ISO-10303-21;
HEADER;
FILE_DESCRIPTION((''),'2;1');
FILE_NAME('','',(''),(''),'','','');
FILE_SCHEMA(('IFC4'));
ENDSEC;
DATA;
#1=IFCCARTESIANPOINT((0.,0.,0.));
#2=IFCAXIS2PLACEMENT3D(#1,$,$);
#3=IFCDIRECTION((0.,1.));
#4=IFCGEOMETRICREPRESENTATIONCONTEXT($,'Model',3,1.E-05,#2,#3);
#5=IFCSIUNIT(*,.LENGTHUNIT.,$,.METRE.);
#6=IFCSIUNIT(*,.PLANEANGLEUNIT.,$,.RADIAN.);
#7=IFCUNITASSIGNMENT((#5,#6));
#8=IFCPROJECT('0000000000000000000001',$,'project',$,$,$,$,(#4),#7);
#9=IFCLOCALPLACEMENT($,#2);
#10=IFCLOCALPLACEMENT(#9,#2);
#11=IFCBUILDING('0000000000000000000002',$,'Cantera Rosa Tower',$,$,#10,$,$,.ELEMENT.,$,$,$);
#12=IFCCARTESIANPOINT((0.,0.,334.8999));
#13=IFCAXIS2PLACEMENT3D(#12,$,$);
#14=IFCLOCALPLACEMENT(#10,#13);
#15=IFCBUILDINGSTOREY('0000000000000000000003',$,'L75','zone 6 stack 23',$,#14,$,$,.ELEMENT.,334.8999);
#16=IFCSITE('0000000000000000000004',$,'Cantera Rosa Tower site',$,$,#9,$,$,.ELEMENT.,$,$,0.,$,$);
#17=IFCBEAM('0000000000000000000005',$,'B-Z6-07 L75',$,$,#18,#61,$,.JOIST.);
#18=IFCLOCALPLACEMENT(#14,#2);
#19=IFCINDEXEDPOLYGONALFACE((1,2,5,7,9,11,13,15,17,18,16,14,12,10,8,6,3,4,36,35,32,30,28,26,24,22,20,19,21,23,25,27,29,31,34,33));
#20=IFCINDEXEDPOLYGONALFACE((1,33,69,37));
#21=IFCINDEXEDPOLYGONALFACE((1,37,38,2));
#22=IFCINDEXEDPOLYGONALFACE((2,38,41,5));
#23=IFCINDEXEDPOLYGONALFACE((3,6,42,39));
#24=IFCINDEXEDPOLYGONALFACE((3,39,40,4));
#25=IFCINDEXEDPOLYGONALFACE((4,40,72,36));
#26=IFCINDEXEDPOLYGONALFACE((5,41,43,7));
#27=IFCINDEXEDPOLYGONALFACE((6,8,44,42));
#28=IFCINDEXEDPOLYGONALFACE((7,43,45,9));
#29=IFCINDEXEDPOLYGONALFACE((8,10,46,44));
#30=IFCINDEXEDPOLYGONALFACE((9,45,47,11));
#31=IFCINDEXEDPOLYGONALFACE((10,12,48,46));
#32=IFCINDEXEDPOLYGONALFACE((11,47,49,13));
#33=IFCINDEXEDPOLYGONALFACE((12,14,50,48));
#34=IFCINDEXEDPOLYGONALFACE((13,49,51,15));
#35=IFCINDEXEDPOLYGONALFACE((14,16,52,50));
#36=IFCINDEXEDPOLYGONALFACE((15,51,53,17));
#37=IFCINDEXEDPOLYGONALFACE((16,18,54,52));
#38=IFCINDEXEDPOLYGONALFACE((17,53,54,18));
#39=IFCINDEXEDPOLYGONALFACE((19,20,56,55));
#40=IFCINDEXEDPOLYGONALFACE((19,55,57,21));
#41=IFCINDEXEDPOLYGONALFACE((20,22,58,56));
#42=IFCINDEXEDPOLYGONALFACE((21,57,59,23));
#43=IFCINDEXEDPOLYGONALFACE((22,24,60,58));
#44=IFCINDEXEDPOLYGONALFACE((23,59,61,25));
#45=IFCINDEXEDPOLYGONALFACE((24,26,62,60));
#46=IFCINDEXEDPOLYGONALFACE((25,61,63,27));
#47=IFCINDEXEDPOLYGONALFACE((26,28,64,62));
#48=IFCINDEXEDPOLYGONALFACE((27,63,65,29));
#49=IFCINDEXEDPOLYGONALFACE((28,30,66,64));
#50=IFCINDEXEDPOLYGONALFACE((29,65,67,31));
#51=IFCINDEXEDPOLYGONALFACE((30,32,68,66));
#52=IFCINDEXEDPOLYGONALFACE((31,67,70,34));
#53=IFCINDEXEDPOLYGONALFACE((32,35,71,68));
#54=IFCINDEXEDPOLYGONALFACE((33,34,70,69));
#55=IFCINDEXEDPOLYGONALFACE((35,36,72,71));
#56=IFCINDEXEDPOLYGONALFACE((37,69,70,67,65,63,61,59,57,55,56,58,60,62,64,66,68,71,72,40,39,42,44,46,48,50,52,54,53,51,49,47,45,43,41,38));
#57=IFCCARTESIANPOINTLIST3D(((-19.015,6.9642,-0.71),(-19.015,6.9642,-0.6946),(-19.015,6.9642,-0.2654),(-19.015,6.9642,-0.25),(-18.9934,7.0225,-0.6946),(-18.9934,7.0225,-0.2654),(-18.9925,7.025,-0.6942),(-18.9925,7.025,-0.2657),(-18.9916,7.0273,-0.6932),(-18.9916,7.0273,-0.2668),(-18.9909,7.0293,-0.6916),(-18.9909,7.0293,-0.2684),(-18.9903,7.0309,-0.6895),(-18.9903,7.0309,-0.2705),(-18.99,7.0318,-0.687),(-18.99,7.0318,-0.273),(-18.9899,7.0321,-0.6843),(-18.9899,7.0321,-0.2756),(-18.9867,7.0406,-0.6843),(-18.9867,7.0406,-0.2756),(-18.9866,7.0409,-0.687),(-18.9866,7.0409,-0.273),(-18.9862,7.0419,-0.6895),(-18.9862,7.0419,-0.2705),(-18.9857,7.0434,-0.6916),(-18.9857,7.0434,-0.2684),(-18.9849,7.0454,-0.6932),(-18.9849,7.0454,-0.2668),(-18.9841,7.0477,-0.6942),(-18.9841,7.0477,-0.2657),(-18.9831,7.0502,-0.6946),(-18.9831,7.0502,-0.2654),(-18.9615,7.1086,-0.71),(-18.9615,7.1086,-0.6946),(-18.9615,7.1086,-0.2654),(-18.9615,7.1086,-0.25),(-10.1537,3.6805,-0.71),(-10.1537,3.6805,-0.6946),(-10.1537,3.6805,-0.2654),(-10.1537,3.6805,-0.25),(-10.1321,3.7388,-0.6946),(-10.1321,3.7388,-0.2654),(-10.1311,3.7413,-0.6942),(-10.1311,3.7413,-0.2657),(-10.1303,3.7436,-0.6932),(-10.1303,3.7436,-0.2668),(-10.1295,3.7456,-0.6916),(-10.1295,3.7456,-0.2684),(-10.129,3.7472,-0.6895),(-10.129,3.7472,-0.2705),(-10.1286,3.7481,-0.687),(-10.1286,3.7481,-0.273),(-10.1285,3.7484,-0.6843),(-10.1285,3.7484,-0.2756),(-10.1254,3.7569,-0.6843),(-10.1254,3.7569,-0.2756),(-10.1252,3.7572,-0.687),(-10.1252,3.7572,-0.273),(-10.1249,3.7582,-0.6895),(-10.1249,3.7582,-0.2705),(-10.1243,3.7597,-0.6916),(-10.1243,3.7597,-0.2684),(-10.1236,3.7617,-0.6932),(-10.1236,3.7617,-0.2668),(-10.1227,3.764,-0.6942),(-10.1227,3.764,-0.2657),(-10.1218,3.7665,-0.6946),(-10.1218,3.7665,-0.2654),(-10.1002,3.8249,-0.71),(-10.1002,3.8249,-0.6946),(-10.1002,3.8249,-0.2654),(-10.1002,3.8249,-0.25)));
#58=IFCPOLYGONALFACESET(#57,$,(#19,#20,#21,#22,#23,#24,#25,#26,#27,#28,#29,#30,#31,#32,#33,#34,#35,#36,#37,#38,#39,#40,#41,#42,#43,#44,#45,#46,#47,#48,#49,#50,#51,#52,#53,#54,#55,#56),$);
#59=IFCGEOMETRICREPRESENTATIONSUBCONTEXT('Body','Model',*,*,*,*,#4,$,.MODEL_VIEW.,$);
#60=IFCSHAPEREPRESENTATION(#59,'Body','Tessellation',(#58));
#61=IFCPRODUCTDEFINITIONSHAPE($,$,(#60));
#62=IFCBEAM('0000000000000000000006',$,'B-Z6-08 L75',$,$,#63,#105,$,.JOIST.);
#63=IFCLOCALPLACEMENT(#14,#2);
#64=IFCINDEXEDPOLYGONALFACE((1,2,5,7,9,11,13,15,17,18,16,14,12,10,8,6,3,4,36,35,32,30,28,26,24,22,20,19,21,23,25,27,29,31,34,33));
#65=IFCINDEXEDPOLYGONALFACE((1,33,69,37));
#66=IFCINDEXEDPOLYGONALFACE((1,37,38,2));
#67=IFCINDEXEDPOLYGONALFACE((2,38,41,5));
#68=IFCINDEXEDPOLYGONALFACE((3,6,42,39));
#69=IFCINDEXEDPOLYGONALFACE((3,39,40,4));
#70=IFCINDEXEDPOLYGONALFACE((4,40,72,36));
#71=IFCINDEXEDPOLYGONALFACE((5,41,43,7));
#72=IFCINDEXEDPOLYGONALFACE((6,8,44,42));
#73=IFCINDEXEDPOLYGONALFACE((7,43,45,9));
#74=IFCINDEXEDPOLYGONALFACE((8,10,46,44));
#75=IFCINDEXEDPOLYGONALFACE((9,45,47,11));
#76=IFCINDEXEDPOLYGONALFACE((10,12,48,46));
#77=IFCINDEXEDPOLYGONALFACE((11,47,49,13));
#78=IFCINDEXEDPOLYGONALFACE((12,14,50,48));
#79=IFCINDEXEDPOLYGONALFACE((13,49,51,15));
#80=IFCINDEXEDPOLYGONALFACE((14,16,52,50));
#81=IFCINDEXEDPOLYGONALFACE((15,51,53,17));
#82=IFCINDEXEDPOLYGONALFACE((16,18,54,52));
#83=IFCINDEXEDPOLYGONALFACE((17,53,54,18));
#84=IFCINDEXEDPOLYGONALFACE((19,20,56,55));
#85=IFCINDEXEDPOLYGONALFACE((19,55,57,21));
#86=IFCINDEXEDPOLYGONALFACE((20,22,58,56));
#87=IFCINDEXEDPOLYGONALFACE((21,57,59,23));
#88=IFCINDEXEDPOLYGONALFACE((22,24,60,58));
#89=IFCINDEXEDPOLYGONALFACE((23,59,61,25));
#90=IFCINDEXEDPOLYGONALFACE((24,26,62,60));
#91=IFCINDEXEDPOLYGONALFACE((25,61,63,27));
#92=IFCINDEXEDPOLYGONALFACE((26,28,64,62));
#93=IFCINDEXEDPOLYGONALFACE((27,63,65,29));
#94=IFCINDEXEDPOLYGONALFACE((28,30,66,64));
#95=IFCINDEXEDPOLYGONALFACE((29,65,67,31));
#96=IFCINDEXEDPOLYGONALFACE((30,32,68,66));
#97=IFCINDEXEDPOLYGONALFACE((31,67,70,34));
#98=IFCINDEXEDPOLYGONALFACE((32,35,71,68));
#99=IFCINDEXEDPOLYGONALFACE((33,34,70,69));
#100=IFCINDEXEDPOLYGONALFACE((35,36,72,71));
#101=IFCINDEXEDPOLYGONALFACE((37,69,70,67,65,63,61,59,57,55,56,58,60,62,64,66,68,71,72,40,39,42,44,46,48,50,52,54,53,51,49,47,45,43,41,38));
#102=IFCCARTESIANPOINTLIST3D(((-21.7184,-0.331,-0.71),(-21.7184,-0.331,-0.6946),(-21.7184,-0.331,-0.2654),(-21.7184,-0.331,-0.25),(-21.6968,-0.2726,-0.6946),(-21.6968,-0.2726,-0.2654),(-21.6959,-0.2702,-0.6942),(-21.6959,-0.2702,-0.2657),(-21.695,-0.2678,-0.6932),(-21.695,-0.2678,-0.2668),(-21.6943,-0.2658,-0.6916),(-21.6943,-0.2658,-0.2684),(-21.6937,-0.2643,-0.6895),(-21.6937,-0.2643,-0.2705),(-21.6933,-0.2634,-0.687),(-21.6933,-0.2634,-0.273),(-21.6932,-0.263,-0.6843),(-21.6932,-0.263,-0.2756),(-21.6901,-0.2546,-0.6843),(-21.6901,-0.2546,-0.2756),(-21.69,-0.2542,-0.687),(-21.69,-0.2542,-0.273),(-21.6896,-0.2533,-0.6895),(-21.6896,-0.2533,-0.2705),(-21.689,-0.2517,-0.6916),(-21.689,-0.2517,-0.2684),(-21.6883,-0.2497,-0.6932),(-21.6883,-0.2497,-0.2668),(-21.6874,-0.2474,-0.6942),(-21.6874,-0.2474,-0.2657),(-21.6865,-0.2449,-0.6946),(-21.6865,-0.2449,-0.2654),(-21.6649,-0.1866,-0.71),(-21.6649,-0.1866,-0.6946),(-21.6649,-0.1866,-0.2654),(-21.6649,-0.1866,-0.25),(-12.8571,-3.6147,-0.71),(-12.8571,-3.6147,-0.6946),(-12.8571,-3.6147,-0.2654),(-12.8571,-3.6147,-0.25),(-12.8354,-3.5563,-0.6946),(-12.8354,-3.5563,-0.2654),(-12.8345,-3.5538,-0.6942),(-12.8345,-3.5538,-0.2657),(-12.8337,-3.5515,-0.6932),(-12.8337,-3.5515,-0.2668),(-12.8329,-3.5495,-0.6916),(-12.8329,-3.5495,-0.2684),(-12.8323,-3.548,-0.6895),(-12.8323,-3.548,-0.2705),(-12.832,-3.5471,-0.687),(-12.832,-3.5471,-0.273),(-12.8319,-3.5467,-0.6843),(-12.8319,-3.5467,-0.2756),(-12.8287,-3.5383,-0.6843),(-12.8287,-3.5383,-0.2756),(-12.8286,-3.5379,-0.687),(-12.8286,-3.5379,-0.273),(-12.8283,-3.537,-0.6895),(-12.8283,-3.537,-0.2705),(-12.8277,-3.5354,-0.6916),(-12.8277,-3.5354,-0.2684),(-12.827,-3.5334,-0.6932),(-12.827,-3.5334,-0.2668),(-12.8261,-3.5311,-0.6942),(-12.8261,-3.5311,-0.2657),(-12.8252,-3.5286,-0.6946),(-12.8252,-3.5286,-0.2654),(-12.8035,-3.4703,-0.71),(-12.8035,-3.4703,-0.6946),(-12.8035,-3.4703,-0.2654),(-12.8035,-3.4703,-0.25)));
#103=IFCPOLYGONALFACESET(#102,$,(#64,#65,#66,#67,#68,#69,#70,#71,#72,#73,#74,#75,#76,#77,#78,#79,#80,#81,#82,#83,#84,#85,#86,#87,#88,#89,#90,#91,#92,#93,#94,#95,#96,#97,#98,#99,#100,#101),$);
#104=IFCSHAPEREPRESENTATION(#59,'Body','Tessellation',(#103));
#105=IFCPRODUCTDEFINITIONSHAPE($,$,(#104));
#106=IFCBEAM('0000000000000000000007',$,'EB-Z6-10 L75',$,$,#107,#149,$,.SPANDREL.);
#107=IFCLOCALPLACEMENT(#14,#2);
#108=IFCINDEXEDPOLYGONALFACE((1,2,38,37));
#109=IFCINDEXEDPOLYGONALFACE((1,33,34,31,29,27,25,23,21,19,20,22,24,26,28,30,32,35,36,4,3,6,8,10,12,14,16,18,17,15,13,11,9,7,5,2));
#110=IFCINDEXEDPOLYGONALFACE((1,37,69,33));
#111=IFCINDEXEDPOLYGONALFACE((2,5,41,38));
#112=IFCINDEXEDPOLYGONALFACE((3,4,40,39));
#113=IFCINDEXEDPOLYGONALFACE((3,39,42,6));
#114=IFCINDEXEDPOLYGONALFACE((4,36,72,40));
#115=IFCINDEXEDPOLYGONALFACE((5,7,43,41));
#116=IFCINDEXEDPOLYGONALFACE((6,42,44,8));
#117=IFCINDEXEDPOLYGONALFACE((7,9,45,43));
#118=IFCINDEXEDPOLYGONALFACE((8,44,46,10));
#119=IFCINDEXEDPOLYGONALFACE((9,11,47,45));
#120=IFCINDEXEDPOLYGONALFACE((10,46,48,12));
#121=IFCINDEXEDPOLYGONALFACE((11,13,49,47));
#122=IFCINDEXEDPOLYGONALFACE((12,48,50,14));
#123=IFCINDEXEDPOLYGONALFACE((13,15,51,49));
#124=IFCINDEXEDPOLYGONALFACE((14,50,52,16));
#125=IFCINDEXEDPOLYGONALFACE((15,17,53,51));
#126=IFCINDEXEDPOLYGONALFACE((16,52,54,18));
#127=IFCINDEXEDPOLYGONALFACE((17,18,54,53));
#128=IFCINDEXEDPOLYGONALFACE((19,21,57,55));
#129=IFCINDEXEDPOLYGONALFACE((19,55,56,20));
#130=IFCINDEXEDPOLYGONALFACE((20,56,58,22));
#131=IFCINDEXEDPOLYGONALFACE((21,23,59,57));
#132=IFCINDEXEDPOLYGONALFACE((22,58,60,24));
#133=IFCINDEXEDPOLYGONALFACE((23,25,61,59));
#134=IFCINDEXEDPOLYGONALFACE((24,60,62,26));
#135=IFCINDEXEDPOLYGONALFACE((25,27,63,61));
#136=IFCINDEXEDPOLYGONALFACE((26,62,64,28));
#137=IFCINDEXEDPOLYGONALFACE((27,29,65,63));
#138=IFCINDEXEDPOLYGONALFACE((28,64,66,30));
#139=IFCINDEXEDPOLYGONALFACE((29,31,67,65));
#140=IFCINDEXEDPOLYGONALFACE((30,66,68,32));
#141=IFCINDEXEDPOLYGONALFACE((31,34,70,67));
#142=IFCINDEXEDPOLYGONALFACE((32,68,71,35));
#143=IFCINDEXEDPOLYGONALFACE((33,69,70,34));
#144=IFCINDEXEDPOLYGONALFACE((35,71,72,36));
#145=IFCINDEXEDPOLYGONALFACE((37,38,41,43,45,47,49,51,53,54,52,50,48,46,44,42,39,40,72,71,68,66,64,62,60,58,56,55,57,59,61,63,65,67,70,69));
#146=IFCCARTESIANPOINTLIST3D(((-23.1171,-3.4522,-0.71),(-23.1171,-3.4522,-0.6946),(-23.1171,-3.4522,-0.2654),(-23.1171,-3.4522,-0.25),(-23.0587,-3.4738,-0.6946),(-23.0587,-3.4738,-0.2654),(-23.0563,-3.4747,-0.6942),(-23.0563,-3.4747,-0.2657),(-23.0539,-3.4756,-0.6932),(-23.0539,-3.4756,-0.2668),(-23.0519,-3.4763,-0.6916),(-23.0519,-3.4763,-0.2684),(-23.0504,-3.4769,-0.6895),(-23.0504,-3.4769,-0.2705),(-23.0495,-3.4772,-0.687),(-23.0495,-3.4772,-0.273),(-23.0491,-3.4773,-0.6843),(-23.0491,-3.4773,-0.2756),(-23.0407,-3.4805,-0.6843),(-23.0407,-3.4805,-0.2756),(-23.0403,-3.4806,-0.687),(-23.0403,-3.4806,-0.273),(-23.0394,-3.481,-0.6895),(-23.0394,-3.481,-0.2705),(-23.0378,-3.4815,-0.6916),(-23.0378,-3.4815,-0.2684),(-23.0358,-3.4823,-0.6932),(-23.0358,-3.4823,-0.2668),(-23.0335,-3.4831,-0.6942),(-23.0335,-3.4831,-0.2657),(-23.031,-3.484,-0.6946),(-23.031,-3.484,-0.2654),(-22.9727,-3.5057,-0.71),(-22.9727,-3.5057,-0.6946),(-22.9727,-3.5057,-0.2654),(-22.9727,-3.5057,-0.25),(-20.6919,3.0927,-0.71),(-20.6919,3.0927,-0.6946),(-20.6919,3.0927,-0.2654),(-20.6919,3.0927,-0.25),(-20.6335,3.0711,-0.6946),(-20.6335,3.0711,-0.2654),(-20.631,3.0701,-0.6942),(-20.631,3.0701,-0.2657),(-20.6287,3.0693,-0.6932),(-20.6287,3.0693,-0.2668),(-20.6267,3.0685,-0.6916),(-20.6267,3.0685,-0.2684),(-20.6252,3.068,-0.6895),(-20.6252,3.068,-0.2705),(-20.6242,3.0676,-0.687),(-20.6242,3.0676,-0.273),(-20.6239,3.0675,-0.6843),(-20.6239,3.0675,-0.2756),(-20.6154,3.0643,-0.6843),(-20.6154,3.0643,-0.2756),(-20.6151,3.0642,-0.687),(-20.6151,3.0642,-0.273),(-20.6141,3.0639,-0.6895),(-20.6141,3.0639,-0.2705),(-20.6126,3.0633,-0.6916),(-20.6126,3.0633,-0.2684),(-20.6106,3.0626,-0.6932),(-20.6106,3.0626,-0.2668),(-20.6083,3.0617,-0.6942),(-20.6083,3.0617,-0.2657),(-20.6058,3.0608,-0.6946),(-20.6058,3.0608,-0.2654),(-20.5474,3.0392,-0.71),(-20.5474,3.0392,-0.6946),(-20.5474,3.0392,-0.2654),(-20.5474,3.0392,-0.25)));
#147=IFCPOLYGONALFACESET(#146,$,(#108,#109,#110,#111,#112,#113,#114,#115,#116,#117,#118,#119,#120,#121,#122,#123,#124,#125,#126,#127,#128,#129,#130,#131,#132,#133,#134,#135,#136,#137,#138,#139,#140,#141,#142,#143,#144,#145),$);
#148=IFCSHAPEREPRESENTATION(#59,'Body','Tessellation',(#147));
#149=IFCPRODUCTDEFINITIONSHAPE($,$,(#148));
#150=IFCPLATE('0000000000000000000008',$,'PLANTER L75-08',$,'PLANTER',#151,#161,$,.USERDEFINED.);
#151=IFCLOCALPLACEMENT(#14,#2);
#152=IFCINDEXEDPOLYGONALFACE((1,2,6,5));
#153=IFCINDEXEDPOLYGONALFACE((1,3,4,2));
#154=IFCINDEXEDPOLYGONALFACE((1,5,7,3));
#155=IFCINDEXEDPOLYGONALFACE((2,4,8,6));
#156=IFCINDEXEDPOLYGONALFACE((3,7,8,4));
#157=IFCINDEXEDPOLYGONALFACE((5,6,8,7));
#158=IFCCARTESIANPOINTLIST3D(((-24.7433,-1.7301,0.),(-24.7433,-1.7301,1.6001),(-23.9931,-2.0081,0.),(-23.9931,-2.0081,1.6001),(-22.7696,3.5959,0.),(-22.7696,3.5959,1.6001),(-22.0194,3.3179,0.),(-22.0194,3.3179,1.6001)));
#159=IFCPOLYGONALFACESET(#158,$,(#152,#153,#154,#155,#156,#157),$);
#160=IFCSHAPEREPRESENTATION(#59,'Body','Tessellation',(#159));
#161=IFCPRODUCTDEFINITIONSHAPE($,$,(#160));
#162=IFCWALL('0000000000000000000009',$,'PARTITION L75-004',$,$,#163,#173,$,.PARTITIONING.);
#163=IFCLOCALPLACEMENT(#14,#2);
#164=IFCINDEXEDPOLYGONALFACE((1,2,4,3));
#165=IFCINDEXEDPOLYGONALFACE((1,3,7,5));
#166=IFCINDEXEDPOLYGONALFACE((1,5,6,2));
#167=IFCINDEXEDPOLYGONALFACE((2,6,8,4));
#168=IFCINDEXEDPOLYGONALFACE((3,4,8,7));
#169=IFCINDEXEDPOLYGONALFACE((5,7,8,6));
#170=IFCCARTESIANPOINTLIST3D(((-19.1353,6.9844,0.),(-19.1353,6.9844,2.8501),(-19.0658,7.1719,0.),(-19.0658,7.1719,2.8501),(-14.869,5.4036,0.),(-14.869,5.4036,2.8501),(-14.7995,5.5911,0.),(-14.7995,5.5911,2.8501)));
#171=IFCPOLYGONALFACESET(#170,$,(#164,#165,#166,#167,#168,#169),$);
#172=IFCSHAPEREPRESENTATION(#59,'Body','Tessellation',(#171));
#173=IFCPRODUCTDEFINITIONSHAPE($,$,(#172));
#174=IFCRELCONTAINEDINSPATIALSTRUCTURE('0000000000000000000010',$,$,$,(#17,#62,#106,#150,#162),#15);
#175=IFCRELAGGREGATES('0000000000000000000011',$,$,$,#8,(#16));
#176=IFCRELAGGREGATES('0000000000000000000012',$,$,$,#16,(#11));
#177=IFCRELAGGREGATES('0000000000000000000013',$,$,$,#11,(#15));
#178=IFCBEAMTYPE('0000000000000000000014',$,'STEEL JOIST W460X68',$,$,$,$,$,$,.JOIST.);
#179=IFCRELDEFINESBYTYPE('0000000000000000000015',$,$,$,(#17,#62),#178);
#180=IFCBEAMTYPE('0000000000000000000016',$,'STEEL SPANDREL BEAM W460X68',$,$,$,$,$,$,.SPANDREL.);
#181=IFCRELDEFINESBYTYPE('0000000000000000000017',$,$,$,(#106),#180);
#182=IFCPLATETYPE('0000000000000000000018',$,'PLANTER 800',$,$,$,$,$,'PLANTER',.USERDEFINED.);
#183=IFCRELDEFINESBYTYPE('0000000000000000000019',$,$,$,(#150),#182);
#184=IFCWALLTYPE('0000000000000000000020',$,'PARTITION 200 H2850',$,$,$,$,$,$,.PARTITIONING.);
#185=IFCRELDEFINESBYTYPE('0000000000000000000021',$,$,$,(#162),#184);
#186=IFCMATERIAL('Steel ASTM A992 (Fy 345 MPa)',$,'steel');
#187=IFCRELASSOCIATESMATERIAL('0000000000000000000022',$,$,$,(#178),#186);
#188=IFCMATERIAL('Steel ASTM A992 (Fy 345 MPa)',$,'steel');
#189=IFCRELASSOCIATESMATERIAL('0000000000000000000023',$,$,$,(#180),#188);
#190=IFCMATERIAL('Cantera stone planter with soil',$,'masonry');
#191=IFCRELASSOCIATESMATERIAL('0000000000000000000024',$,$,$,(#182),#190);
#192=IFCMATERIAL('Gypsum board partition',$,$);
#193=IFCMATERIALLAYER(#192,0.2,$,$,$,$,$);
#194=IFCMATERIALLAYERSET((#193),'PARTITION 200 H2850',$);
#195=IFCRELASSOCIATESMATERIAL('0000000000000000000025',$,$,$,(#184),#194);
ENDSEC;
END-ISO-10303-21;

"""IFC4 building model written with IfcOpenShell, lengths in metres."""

from ifc_helpers import new_model, si_unit, direction, frame, frame_2d, origin, origin_2d, place, context, subcontext, project, spatial, rectangle, i_section, extrude, material, layer, layer_set, material_profile, profile_set, type_object, element, save


model = new_model("IFC4")

# Units and contexts
model_context = context("Model", 3, precision=1e-05, world=origin(), true_north=direction((0.0, 1.0)))
body_context = subcontext(model_context, "Body", "Model", "MODEL_VIEW")
ifc_project = project(units=[si_unit("LENGTHUNIT", "METRE"), si_unit("PLANEANGLEUNIT", "RADIAN")], contexts=[model_context])

# Site, building, storey
site_placement = place(None, origin())
site = spatial("IfcSite", under=ifc_project, at=site_placement, Name="Cantera Rosa Tower site", CompositionType="ELEMENT", RefElevation=0.0)
building_placement = place(site_placement, origin())
building = spatial("IfcBuilding", under=site, at=building_placement, Name="Cantera Rosa Tower", CompositionType="ELEMENT")
storey_placement = place(building_placement, frame((0.0, 0.0, 334.8999)))
storey = spatial("IfcBuildingStorey", under=building, at=storey_placement, Name="L75", Description="zone 6 stack 23", CompositionType="ELEMENT", Elevation=334.8999)

# Beams
ifc_material_1 = material(Name="Steel ASTM A992 (Fy 345 MPa)", Category="steel")
ifc_material_profile_1 = material_profile(ifc_material_1, i_section(OverallWidth=0.1541, OverallDepth=0.46, WebThickness=0.009, FlangeThickness=0.0154, FilletRadius=0.0103, at=origin_2d()), Name="W460X68")
ifc_profile_set_1 = profile_set([ifc_material_profile_1], Name="Steel ASTM A992 (Fy 345 MPa)")
beam_type_1 = type_object("IfcBeamType", Name="STEEL JOIST W460X68", PredefinedType="JOIST", material=ifc_profile_set_1)
for number, where, z_axis, x_axis, name in (
    (1, (-18.9883, 7.0364, -0.48), (0.93769, -0.347474, 0.0), (0.347474, 0.93769, 0.0), "B-Z6-07 L75"),
    (2, (-21.6917, -0.2588, -0.48), (0.93769, -0.347474, 0.0), (0.347474, 0.93769, 0.0), "B-Z6-08 L75"),
):
    element("IfcBeam", number, at=place(storey_placement, frame(where, z_axis=z_axis, x_axis=x_axis)), inside=storey, type_object=beam_type_1, Name=name, PredefinedType="JOIST", context=body_context, shape_type="SweptSolid", body=[
        extrude(i_section(OverallWidth=0.1541, OverallDepth=0.46, WebThickness=0.009, FlangeThickness=0.0154, FilletRadius=0.0103, at=origin_2d()), origin(), (0.0, 0.0, 1.0), 9.4502),
    ])
ifc_material_2 = material(Name="Steel ASTM A992 (Fy 345 MPa)", Category="steel")
ifc_material_profile_2 = material_profile(ifc_material_2, i_section(OverallWidth=0.1541, OverallDepth=0.46, WebThickness=0.009, FlangeThickness=0.0154, FilletRadius=0.0103, at=origin_2d()), Name="W460X68")
ifc_profile_set_2 = profile_set([ifc_material_profile_2], Name="Steel ASTM A992 (Fy 345 MPa)")
beam_type_2 = type_object("IfcBeamType", Name="STEEL SPANDREL BEAM W460X68", PredefinedType="SPANDREL", material=ifc_profile_set_2)
beam_1_placement = place(storey_placement, frame((-20.6196, 3.0659, -0.48), z_axis=(-0.347472, -0.937691, 0.0), x_axis=(0.937691, -0.347472, 0.0)))
element("IfcBeam", 3, at=beam_1_placement, inside=storey, type_object=beam_type_2, Name="EB-Z6-10 L75", PredefinedType="SPANDREL", context=body_context, shape_type="SweptSolid", body=[
    extrude(i_section(OverallWidth=0.1541, OverallDepth=0.46, WebThickness=0.009, FlangeThickness=0.0154, FilletRadius=0.0103, at=origin_2d()), origin(), (0.0, 0.0, 1.0), 6.9797),
])

# Plate
ifc_material_3 = material(Name="Cantera stone planter with soil", Category="masonry")
plate_type = type_object("IfcPlateType", Name="PLANTER 800", ElementType="PLANTER", PredefinedType="USERDEFINED", material=ifc_material_3)
plate_placement = place(storey_placement, frame((-23.3813, 0.7939, 0.0), z_axis=(0.0, 0.0, 1.0), x_axis=(-0.347481, -0.937687, 0.0)))
element("IfcPlate", 4, at=plate_placement, inside=storey, type_object=plate_type, Name="PLANTER L75-08", ObjectType="PLANTER", PredefinedType="USERDEFINED", context=body_context, shape_type="SweptSolid", body=[
    extrude(rectangle(XDim=5.6799, YDim=0.8, at=origin_2d()), origin(), (0.0, 0.0, 1.0), 1.6001),
])

# Wall
ifc_material_4 = material(Name="Gypsum board partition")
ifc_layer_1 = layer(ifc_material_4, 0.2)
ifc_layer_set_1 = layer_set([ifc_layer_1], Name="PARTITION 200 H2850")
wall_type_1 = type_object("IfcWallType", Name="PARTITION 200 H2850", PredefinedType="PARTITIONING", material=ifc_layer_set_1)
wall_1_placement = place(storey_placement, frame((-19.1006, 7.0781, 0.0), z_axis=(0.0, 0.0, 1.0), x_axis=(0.9377, -0.347445, 0.0)))
element("IfcWall", 5, at=wall_1_placement, inside=storey, type_object=wall_type_1, Name="PARTITION L75-004", PredefinedType="PARTITIONING", context=body_context, shape_type="SweptSolid", body=[
    extrude(rectangle(XDim=4.5498, YDim=0.2, at=frame_2d((2.2749, 0.0))), origin(), (0.0, 0.0, 1.0), 2.8501),
])

save(model, "model.ifc")
